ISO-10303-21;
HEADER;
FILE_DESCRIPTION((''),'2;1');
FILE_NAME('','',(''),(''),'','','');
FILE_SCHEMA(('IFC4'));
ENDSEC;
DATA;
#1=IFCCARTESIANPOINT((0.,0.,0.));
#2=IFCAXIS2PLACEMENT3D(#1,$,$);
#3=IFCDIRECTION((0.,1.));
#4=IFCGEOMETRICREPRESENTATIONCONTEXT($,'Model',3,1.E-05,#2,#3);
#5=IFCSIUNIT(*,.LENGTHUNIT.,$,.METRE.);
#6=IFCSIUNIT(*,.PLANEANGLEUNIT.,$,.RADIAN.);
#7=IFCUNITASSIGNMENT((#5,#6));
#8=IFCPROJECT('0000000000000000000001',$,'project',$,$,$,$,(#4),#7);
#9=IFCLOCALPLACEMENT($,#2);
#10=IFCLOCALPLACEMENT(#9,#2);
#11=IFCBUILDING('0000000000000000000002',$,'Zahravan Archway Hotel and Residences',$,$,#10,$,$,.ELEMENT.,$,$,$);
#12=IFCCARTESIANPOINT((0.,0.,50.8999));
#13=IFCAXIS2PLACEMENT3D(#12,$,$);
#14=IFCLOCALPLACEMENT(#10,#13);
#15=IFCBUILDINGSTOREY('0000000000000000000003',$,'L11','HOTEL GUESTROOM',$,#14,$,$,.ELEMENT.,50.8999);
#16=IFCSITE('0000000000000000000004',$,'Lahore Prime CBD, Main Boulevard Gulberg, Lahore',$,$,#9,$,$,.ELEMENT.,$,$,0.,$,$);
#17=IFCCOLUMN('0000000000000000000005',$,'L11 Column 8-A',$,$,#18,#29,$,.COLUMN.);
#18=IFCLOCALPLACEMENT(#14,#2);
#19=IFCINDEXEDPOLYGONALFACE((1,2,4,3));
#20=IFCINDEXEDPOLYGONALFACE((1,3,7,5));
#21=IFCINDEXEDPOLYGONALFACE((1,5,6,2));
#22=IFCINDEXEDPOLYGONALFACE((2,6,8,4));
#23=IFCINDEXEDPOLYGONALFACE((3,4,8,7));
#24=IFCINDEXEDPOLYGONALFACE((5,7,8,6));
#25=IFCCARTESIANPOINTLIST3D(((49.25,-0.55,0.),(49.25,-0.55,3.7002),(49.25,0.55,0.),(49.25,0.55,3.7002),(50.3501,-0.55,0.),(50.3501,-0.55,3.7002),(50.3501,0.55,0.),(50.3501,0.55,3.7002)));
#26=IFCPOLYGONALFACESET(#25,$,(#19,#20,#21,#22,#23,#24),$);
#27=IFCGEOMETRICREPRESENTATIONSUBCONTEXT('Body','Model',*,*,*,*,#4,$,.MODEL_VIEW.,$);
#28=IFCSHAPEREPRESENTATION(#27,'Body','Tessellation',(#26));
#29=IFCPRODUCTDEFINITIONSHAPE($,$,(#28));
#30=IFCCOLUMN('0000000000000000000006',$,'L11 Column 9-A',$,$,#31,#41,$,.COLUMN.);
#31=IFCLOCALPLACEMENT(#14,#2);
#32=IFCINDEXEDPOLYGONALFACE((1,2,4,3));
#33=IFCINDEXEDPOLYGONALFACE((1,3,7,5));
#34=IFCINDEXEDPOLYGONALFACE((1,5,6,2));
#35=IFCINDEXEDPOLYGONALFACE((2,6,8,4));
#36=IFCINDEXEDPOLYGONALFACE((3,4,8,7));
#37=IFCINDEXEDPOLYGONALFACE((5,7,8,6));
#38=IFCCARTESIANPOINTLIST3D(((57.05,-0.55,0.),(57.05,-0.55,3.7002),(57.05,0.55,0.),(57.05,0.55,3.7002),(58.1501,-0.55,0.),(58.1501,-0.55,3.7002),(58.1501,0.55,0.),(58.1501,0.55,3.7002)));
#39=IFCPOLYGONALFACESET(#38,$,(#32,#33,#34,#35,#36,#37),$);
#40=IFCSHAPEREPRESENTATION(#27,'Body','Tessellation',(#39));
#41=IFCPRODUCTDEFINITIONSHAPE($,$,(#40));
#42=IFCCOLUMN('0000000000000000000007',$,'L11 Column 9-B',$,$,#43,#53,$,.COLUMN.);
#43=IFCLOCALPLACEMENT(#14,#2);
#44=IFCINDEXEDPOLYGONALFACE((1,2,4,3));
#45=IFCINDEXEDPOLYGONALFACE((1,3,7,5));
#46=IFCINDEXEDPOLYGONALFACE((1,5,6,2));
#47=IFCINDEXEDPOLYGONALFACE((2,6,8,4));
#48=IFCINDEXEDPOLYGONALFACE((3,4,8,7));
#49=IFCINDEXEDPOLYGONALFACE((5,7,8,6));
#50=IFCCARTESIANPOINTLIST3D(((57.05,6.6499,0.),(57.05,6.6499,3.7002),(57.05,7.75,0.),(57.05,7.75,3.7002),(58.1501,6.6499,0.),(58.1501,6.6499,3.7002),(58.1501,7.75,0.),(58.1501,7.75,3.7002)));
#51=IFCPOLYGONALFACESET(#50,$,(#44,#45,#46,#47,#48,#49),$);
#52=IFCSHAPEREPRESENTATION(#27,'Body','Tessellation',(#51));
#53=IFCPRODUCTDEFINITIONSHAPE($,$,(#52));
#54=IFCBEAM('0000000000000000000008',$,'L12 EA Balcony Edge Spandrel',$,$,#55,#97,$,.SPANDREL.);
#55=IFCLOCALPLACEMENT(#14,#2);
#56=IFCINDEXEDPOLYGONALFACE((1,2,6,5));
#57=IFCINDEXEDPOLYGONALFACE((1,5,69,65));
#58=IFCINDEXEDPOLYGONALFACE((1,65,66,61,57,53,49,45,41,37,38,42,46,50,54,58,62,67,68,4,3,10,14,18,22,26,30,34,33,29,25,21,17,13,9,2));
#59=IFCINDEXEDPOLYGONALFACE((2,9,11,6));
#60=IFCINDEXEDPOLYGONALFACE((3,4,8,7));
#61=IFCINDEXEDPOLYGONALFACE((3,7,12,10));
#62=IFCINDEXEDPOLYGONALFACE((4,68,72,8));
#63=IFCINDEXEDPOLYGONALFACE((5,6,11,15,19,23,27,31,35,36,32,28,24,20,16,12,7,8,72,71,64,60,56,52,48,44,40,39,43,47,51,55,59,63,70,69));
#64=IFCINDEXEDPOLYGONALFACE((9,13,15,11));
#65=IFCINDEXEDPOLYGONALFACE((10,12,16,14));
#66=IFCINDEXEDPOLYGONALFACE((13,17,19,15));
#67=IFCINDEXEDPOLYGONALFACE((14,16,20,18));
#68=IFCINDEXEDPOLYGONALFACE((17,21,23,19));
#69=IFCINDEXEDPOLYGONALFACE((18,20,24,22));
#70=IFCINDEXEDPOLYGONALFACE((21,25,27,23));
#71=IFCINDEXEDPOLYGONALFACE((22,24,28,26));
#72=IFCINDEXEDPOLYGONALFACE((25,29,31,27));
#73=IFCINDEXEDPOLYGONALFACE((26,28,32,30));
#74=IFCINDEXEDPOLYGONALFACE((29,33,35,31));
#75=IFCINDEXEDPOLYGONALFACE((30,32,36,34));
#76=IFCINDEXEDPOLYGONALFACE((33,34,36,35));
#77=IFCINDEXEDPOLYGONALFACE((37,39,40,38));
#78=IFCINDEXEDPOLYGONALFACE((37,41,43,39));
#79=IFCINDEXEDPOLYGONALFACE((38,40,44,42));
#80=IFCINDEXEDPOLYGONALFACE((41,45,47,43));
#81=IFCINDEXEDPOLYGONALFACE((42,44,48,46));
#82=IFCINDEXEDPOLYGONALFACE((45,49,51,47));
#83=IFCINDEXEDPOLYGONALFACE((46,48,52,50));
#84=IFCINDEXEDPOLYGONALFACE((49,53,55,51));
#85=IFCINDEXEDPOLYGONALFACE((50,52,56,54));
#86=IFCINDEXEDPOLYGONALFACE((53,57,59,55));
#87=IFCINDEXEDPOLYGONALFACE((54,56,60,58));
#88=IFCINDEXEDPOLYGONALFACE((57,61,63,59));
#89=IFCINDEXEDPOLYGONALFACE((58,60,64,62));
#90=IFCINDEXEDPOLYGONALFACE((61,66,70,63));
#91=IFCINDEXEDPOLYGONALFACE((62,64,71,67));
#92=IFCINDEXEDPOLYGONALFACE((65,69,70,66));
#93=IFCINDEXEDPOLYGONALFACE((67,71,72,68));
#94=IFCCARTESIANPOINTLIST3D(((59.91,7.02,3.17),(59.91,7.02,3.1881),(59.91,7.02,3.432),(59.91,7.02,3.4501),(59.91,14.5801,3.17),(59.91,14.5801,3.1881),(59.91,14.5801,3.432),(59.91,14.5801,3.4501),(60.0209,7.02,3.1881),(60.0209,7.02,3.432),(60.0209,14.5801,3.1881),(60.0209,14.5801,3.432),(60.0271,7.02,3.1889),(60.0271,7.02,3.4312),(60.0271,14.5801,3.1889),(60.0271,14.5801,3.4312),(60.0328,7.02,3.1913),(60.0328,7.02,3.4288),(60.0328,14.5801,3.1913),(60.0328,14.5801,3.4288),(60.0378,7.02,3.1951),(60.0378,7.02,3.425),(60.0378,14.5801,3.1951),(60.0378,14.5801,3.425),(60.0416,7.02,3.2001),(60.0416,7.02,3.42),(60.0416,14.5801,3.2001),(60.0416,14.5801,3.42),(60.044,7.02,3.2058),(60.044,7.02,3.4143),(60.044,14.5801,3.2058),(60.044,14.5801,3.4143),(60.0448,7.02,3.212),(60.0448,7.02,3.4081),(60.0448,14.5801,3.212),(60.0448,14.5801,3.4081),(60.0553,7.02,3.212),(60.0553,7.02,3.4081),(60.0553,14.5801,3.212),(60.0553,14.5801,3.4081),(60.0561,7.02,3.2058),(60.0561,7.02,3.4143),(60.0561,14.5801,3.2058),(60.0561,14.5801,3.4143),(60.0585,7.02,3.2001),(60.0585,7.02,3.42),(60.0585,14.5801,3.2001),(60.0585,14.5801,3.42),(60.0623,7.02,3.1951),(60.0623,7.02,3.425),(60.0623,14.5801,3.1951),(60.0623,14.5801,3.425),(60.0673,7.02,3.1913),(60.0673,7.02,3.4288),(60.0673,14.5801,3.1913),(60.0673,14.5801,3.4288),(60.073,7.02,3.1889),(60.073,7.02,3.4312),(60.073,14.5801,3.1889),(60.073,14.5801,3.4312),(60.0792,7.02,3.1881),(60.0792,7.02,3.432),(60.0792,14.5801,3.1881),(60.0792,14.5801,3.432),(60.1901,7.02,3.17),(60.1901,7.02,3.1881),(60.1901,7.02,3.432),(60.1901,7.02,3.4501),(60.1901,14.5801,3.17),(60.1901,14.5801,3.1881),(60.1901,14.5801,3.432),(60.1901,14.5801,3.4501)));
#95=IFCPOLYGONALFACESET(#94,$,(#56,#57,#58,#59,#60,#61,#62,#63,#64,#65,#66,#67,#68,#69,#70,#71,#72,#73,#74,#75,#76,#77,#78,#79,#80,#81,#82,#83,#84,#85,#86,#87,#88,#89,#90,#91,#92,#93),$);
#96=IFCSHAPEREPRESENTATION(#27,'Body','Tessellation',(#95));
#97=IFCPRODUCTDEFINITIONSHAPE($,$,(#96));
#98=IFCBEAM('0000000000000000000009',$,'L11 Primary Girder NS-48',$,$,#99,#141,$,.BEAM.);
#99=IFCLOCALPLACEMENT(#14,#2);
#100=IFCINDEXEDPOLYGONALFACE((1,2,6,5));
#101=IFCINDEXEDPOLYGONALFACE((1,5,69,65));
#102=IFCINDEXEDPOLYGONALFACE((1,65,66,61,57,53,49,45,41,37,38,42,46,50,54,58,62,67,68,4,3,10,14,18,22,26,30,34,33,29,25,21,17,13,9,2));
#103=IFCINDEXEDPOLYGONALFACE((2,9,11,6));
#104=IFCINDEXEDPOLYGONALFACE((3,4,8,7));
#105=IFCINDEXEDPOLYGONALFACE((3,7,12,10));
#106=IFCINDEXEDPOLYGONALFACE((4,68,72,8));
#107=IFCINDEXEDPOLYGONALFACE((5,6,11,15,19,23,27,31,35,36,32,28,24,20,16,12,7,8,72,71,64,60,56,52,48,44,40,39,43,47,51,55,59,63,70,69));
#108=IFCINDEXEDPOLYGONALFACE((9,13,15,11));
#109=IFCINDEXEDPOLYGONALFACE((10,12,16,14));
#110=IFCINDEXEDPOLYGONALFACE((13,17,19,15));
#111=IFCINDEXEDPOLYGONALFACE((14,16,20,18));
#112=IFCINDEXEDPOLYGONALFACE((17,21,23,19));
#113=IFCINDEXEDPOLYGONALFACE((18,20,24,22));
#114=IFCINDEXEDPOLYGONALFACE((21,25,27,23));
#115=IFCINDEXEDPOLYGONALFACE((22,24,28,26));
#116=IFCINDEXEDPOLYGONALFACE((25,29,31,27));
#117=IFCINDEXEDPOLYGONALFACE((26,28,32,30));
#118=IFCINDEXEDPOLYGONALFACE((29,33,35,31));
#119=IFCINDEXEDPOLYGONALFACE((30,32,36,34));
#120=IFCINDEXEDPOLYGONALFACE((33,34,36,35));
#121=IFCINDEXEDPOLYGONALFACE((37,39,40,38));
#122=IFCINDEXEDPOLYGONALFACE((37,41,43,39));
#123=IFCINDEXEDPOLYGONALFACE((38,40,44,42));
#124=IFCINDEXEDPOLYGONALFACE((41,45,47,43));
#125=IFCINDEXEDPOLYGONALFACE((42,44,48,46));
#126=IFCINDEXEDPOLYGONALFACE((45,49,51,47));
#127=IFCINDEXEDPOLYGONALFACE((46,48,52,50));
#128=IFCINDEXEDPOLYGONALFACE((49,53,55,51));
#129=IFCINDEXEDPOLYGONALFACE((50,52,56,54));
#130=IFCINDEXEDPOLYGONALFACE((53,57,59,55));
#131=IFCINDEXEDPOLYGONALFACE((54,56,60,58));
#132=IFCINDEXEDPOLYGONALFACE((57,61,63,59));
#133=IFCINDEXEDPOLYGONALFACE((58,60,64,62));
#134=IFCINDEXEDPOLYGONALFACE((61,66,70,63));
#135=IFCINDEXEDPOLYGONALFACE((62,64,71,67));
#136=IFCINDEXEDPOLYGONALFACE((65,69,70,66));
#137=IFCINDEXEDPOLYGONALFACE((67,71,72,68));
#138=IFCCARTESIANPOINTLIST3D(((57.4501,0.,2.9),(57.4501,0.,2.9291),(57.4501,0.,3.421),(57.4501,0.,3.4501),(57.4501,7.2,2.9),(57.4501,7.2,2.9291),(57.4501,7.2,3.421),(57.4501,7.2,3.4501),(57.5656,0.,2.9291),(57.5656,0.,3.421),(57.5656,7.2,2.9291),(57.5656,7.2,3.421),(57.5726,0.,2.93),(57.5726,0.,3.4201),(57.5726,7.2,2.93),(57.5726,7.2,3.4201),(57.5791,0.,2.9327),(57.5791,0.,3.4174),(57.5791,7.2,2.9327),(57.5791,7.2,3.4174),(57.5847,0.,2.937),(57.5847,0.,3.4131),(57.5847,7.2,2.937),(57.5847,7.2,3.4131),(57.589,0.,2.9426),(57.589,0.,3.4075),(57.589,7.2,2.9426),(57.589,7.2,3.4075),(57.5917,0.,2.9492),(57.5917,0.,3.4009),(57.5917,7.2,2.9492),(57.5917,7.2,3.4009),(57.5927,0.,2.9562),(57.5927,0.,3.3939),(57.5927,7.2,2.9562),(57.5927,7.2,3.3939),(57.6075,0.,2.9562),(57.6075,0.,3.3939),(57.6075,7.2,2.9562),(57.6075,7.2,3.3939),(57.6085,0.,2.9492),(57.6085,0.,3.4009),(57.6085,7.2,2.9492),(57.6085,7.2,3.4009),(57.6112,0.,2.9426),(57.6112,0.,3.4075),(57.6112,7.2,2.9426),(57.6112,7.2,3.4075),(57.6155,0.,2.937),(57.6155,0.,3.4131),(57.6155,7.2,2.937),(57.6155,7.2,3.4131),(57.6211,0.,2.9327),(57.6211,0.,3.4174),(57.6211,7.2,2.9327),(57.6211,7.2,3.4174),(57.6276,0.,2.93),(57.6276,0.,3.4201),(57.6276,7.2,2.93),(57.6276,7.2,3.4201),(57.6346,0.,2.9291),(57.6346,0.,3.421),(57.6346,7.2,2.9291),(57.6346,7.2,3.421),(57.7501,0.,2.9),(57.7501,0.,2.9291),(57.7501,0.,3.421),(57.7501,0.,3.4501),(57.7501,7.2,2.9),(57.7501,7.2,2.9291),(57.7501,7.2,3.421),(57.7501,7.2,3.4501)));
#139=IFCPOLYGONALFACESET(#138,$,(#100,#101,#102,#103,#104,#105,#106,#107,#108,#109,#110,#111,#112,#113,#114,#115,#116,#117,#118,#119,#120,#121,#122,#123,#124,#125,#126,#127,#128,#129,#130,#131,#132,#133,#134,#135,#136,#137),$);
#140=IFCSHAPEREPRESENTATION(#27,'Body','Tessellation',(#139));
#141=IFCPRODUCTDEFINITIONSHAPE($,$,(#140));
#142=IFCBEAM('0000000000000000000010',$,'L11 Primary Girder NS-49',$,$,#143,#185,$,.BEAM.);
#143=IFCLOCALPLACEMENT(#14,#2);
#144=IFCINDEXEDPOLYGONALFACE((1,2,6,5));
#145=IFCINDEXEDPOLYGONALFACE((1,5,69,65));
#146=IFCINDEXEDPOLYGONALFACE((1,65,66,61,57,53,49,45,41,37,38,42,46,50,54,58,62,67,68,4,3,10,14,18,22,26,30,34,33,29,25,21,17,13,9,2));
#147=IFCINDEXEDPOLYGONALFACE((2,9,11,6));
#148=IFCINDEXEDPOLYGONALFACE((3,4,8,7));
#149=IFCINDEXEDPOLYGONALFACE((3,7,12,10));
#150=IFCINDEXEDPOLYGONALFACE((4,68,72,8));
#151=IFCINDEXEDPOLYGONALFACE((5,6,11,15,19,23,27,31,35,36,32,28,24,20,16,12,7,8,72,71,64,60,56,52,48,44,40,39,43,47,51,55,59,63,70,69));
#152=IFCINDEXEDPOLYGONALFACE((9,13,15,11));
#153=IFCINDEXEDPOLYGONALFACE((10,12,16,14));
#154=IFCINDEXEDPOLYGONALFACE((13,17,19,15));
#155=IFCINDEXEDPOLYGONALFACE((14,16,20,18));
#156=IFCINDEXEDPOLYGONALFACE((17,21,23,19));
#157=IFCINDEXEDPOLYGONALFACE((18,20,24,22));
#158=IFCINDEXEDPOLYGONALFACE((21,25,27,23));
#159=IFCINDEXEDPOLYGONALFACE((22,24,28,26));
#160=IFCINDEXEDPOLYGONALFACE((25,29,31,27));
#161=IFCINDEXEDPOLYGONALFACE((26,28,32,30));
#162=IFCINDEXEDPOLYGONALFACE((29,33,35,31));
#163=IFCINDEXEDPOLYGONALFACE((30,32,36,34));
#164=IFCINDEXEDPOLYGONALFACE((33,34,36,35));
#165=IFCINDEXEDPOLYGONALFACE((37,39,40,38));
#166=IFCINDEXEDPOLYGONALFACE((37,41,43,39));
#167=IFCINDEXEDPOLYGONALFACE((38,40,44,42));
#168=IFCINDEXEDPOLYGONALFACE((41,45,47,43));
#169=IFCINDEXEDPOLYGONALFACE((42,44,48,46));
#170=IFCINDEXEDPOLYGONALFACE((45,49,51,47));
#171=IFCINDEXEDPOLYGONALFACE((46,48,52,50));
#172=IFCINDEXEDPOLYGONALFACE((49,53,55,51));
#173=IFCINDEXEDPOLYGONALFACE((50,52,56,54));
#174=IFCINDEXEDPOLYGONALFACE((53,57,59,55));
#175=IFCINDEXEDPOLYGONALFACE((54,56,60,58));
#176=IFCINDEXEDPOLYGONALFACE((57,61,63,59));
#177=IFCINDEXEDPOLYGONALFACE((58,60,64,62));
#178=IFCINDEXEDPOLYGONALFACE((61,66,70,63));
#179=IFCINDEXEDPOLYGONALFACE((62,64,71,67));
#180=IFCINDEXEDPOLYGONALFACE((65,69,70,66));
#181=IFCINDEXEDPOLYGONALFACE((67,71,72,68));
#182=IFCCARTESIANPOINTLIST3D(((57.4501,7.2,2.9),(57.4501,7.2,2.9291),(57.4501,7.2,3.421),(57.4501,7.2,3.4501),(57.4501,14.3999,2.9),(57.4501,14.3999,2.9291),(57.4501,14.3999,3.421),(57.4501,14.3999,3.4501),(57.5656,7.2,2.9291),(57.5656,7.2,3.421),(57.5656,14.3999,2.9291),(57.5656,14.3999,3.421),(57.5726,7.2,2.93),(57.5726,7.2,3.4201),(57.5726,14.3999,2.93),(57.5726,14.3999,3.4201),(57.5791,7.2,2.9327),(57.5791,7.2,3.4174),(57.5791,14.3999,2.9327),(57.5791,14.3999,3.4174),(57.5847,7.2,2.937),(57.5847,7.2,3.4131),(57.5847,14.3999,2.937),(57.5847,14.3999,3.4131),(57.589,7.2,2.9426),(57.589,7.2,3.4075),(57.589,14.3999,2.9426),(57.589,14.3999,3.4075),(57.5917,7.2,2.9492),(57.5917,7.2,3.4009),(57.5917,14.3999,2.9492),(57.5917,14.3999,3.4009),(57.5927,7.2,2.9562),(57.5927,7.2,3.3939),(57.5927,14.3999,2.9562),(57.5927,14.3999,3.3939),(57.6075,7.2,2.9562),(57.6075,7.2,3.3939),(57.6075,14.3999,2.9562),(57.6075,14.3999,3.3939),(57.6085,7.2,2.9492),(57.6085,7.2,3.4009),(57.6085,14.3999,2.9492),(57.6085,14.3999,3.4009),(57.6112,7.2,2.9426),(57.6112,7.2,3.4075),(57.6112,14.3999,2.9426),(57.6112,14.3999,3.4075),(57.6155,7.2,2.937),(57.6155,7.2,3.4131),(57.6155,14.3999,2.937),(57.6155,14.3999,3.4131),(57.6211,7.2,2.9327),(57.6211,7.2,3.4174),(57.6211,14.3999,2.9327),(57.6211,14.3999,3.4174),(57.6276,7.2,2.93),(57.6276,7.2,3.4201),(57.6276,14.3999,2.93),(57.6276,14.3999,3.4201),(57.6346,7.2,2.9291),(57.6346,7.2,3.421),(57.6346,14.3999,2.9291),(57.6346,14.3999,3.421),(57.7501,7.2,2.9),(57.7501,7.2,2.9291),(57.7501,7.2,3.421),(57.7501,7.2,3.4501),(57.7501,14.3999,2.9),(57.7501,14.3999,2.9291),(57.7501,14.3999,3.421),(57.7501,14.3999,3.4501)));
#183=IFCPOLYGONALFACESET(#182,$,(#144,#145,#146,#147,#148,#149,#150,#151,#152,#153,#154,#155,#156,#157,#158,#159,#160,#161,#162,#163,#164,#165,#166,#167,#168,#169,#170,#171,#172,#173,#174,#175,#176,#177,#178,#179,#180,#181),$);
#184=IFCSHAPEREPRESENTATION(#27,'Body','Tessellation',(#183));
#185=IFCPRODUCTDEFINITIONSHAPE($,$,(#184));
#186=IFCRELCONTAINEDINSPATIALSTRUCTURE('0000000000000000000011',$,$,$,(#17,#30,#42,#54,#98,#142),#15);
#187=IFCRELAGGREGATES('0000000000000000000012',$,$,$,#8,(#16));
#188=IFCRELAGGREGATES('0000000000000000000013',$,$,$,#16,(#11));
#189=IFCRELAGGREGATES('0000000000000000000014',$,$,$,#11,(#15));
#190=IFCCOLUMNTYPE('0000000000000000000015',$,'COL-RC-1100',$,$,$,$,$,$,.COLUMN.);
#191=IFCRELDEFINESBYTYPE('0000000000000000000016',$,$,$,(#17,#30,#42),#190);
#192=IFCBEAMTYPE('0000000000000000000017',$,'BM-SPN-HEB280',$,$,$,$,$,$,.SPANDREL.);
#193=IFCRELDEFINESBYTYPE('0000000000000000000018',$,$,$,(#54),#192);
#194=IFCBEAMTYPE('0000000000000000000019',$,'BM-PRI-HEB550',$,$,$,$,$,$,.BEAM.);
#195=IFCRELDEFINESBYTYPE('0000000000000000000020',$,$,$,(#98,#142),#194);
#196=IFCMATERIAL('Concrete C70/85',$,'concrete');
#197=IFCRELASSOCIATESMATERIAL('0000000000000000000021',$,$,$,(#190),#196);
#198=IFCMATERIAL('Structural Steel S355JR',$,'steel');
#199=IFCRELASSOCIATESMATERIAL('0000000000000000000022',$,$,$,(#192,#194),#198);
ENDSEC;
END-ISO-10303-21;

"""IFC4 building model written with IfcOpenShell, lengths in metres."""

from ifc_helpers import new_model, si_unit, direction, frame, origin, origin_2d, place, context, subcontext, project, spatial, rectangle, i_section, extrude, source, transform, mapped, material, material_profile, profile_set, type_object, type_shapes, element, save


model = new_model("IFC4")

# Units and contexts
model_context = context("Model", 3, precision=1e-05, world=origin(), true_north=direction((0.0, 1.0)))
body_context = subcontext(model_context, "Body", "Model", "MODEL_VIEW")
ifc_project = project(units=[si_unit("LENGTHUNIT", "METRE"), si_unit("PLANEANGLEUNIT", "RADIAN")], contexts=[model_context])

# Site, building, storey
site_placement = place(None, origin())
site = spatial("IfcSite", under=ifc_project, at=site_placement, Name="Lahore Prime CBD, Main Boulevard Gulberg, Lahore", CompositionType="ELEMENT", RefElevation=0.0)
building_placement = place(site_placement, origin())
building = spatial("IfcBuilding", under=site, at=building_placement, Name="Zahravan Archway Hotel and Residences", CompositionType="ELEMENT")
storey_placement = place(building_placement, frame((0.0, 0.0, 50.8999)))
storey = spatial("IfcBuildingStorey", under=building, at=storey_placement, Name="L11", Description="HOTEL GUESTROOM", CompositionType="ELEMENT", Elevation=50.8999)

# Columns
ifc_material_1 = material(Name="Concrete C70/85", Category="concrete")
ifc_material_profile_1 = material_profile(ifc_material_1, rectangle(XDim=1.1001, YDim=1.1001, at=origin_2d()), Name="RC 1100x1100", Category="concrete")
ifc_profile_set_1 = profile_set([ifc_material_profile_1], Name="Concrete C70/85")
column_type = type_object("IfcColumnType", Name="COL-RC-1100", PredefinedType="COLUMN", material=ifc_profile_set_1)
shared_shape_1 = source(origin(), body_context, "Body", "SweptSolid", [
    extrude(rectangle(XDim=1.1001, YDim=1.1001, at=origin_2d()), origin(), (0.0, 0.0, 1.0), 3.7002),
])
for number, where, z_axis, x_axis, name in (
    (1, (49.8, 0.0, 0.0), (0.0, 0.0, 1.0), (1.0, 0.0, 0.0), "L11 Column 8-A"),
    (2, (57.6001, 0.0, 0.0), (0.0, 0.0, 1.0), (1.0, 0.0, 0.0), "L11 Column 9-A"),
    (3, (57.6001, 7.2, 0.0), (0.0, 0.0, 1.0), (1.0, 0.0, 0.0), "L11 Column 9-B"),
):
    element("IfcColumn", number, at=place(storey_placement, frame(where, z_axis=z_axis, x_axis=x_axis)), inside=storey, type_object=column_type, Name=name, PredefinedType="COLUMN", context=body_context, shape_type="MappedRepresentation", body=[
        mapped(shared_shape_1, transform((0.0, 0.0, 0.0), scale=1.0)),
    ])

# Beams
ifc_material_2 = material(Name="Structural Steel S355JR", Category="steel")
ifc_material_profile_2 = material_profile(ifc_material_2, i_section(OverallWidth=0.28, OverallDepth=0.28, WebThickness=0.0105, FlangeThickness=0.0181, FilletRadius=0.0239, at=origin_2d()), Name="HEB 280", Category="steel")
ifc_profile_set_2 = profile_set([ifc_material_profile_2], Name="Structural Steel S355JR")
beam_type_1 = type_object("IfcBeamType", Name="BM-SPN-HEB280", PredefinedType="SPANDREL", material=ifc_profile_set_2)
shared_shape_2 = source(origin(), body_context, "Body", "SweptSolid", [
    extrude(i_section(OverallWidth=0.28, OverallDepth=0.28, WebThickness=0.0105, FlangeThickness=0.0181, FilletRadius=0.0239, at=origin_2d()), origin(), (0.0, 0.0, 1.0), 7.5601),
])
type_shapes(beam_type_1, [shared_shape_2])
beam_1_placement = place(storey_placement, frame((60.05, 7.02, 3.3101), z_axis=(0.0, 1.0, 0.0), x_axis=(-1.0, 0.0, 0.0)))
element("IfcBeam", 4, at=beam_1_placement, inside=storey, type_object=beam_type_1, Name="L12 EA Balcony Edge Spandrel", PredefinedType="SPANDREL", context=body_context, shape_type="MappedRepresentation", body=[
    mapped(shared_shape_2, transform((0.0, 0.0, 0.0), scale=1.0)),
])
ifc_material_profile_3 = material_profile(ifc_material_2, i_section(OverallWidth=0.3, OverallDepth=0.55, WebThickness=0.0149, FlangeThickness=0.0291, FilletRadius=0.0271, at=origin_2d()), Name="HEB 550", Category="steel")
ifc_profile_set_3 = profile_set([ifc_material_profile_3], Name="Structural Steel S355JR")
beam_type_2 = type_object("IfcBeamType", Name="BM-PRI-HEB550", PredefinedType="BEAM", material=ifc_profile_set_3)
shared_shape_3 = source(origin(), body_context, "Body", "SweptSolid", [
    extrude(i_section(OverallWidth=0.3, OverallDepth=0.55, WebThickness=0.0149, FlangeThickness=0.0291, FilletRadius=0.0271, at=origin_2d()), origin(), (0.0, 0.0, 1.0), 7.2),
])
for number, where, z_axis, x_axis, name in (
    (5, (57.6001, 0.0, 3.175), (0.0, 1.0, 0.0), (-1.0, 0.0, 0.0), "L11 Primary Girder NS-48"),
    (6, (57.6001, 7.2, 3.175), (0.0, 1.0, 0.0), (-1.0, 0.0, 0.0), "L11 Primary Girder NS-49"),
):
    element("IfcBeam", number, at=place(storey_placement, frame(where, z_axis=z_axis, x_axis=x_axis)), inside=storey, type_object=beam_type_2, Name=name, PredefinedType="BEAM", context=body_context, shape_type="MappedRepresentation", body=[
        mapped(shared_shape_3, transform((0.0, 0.0, 0.0), scale=1.0)),
    ])

save(model, "model.ifc")
